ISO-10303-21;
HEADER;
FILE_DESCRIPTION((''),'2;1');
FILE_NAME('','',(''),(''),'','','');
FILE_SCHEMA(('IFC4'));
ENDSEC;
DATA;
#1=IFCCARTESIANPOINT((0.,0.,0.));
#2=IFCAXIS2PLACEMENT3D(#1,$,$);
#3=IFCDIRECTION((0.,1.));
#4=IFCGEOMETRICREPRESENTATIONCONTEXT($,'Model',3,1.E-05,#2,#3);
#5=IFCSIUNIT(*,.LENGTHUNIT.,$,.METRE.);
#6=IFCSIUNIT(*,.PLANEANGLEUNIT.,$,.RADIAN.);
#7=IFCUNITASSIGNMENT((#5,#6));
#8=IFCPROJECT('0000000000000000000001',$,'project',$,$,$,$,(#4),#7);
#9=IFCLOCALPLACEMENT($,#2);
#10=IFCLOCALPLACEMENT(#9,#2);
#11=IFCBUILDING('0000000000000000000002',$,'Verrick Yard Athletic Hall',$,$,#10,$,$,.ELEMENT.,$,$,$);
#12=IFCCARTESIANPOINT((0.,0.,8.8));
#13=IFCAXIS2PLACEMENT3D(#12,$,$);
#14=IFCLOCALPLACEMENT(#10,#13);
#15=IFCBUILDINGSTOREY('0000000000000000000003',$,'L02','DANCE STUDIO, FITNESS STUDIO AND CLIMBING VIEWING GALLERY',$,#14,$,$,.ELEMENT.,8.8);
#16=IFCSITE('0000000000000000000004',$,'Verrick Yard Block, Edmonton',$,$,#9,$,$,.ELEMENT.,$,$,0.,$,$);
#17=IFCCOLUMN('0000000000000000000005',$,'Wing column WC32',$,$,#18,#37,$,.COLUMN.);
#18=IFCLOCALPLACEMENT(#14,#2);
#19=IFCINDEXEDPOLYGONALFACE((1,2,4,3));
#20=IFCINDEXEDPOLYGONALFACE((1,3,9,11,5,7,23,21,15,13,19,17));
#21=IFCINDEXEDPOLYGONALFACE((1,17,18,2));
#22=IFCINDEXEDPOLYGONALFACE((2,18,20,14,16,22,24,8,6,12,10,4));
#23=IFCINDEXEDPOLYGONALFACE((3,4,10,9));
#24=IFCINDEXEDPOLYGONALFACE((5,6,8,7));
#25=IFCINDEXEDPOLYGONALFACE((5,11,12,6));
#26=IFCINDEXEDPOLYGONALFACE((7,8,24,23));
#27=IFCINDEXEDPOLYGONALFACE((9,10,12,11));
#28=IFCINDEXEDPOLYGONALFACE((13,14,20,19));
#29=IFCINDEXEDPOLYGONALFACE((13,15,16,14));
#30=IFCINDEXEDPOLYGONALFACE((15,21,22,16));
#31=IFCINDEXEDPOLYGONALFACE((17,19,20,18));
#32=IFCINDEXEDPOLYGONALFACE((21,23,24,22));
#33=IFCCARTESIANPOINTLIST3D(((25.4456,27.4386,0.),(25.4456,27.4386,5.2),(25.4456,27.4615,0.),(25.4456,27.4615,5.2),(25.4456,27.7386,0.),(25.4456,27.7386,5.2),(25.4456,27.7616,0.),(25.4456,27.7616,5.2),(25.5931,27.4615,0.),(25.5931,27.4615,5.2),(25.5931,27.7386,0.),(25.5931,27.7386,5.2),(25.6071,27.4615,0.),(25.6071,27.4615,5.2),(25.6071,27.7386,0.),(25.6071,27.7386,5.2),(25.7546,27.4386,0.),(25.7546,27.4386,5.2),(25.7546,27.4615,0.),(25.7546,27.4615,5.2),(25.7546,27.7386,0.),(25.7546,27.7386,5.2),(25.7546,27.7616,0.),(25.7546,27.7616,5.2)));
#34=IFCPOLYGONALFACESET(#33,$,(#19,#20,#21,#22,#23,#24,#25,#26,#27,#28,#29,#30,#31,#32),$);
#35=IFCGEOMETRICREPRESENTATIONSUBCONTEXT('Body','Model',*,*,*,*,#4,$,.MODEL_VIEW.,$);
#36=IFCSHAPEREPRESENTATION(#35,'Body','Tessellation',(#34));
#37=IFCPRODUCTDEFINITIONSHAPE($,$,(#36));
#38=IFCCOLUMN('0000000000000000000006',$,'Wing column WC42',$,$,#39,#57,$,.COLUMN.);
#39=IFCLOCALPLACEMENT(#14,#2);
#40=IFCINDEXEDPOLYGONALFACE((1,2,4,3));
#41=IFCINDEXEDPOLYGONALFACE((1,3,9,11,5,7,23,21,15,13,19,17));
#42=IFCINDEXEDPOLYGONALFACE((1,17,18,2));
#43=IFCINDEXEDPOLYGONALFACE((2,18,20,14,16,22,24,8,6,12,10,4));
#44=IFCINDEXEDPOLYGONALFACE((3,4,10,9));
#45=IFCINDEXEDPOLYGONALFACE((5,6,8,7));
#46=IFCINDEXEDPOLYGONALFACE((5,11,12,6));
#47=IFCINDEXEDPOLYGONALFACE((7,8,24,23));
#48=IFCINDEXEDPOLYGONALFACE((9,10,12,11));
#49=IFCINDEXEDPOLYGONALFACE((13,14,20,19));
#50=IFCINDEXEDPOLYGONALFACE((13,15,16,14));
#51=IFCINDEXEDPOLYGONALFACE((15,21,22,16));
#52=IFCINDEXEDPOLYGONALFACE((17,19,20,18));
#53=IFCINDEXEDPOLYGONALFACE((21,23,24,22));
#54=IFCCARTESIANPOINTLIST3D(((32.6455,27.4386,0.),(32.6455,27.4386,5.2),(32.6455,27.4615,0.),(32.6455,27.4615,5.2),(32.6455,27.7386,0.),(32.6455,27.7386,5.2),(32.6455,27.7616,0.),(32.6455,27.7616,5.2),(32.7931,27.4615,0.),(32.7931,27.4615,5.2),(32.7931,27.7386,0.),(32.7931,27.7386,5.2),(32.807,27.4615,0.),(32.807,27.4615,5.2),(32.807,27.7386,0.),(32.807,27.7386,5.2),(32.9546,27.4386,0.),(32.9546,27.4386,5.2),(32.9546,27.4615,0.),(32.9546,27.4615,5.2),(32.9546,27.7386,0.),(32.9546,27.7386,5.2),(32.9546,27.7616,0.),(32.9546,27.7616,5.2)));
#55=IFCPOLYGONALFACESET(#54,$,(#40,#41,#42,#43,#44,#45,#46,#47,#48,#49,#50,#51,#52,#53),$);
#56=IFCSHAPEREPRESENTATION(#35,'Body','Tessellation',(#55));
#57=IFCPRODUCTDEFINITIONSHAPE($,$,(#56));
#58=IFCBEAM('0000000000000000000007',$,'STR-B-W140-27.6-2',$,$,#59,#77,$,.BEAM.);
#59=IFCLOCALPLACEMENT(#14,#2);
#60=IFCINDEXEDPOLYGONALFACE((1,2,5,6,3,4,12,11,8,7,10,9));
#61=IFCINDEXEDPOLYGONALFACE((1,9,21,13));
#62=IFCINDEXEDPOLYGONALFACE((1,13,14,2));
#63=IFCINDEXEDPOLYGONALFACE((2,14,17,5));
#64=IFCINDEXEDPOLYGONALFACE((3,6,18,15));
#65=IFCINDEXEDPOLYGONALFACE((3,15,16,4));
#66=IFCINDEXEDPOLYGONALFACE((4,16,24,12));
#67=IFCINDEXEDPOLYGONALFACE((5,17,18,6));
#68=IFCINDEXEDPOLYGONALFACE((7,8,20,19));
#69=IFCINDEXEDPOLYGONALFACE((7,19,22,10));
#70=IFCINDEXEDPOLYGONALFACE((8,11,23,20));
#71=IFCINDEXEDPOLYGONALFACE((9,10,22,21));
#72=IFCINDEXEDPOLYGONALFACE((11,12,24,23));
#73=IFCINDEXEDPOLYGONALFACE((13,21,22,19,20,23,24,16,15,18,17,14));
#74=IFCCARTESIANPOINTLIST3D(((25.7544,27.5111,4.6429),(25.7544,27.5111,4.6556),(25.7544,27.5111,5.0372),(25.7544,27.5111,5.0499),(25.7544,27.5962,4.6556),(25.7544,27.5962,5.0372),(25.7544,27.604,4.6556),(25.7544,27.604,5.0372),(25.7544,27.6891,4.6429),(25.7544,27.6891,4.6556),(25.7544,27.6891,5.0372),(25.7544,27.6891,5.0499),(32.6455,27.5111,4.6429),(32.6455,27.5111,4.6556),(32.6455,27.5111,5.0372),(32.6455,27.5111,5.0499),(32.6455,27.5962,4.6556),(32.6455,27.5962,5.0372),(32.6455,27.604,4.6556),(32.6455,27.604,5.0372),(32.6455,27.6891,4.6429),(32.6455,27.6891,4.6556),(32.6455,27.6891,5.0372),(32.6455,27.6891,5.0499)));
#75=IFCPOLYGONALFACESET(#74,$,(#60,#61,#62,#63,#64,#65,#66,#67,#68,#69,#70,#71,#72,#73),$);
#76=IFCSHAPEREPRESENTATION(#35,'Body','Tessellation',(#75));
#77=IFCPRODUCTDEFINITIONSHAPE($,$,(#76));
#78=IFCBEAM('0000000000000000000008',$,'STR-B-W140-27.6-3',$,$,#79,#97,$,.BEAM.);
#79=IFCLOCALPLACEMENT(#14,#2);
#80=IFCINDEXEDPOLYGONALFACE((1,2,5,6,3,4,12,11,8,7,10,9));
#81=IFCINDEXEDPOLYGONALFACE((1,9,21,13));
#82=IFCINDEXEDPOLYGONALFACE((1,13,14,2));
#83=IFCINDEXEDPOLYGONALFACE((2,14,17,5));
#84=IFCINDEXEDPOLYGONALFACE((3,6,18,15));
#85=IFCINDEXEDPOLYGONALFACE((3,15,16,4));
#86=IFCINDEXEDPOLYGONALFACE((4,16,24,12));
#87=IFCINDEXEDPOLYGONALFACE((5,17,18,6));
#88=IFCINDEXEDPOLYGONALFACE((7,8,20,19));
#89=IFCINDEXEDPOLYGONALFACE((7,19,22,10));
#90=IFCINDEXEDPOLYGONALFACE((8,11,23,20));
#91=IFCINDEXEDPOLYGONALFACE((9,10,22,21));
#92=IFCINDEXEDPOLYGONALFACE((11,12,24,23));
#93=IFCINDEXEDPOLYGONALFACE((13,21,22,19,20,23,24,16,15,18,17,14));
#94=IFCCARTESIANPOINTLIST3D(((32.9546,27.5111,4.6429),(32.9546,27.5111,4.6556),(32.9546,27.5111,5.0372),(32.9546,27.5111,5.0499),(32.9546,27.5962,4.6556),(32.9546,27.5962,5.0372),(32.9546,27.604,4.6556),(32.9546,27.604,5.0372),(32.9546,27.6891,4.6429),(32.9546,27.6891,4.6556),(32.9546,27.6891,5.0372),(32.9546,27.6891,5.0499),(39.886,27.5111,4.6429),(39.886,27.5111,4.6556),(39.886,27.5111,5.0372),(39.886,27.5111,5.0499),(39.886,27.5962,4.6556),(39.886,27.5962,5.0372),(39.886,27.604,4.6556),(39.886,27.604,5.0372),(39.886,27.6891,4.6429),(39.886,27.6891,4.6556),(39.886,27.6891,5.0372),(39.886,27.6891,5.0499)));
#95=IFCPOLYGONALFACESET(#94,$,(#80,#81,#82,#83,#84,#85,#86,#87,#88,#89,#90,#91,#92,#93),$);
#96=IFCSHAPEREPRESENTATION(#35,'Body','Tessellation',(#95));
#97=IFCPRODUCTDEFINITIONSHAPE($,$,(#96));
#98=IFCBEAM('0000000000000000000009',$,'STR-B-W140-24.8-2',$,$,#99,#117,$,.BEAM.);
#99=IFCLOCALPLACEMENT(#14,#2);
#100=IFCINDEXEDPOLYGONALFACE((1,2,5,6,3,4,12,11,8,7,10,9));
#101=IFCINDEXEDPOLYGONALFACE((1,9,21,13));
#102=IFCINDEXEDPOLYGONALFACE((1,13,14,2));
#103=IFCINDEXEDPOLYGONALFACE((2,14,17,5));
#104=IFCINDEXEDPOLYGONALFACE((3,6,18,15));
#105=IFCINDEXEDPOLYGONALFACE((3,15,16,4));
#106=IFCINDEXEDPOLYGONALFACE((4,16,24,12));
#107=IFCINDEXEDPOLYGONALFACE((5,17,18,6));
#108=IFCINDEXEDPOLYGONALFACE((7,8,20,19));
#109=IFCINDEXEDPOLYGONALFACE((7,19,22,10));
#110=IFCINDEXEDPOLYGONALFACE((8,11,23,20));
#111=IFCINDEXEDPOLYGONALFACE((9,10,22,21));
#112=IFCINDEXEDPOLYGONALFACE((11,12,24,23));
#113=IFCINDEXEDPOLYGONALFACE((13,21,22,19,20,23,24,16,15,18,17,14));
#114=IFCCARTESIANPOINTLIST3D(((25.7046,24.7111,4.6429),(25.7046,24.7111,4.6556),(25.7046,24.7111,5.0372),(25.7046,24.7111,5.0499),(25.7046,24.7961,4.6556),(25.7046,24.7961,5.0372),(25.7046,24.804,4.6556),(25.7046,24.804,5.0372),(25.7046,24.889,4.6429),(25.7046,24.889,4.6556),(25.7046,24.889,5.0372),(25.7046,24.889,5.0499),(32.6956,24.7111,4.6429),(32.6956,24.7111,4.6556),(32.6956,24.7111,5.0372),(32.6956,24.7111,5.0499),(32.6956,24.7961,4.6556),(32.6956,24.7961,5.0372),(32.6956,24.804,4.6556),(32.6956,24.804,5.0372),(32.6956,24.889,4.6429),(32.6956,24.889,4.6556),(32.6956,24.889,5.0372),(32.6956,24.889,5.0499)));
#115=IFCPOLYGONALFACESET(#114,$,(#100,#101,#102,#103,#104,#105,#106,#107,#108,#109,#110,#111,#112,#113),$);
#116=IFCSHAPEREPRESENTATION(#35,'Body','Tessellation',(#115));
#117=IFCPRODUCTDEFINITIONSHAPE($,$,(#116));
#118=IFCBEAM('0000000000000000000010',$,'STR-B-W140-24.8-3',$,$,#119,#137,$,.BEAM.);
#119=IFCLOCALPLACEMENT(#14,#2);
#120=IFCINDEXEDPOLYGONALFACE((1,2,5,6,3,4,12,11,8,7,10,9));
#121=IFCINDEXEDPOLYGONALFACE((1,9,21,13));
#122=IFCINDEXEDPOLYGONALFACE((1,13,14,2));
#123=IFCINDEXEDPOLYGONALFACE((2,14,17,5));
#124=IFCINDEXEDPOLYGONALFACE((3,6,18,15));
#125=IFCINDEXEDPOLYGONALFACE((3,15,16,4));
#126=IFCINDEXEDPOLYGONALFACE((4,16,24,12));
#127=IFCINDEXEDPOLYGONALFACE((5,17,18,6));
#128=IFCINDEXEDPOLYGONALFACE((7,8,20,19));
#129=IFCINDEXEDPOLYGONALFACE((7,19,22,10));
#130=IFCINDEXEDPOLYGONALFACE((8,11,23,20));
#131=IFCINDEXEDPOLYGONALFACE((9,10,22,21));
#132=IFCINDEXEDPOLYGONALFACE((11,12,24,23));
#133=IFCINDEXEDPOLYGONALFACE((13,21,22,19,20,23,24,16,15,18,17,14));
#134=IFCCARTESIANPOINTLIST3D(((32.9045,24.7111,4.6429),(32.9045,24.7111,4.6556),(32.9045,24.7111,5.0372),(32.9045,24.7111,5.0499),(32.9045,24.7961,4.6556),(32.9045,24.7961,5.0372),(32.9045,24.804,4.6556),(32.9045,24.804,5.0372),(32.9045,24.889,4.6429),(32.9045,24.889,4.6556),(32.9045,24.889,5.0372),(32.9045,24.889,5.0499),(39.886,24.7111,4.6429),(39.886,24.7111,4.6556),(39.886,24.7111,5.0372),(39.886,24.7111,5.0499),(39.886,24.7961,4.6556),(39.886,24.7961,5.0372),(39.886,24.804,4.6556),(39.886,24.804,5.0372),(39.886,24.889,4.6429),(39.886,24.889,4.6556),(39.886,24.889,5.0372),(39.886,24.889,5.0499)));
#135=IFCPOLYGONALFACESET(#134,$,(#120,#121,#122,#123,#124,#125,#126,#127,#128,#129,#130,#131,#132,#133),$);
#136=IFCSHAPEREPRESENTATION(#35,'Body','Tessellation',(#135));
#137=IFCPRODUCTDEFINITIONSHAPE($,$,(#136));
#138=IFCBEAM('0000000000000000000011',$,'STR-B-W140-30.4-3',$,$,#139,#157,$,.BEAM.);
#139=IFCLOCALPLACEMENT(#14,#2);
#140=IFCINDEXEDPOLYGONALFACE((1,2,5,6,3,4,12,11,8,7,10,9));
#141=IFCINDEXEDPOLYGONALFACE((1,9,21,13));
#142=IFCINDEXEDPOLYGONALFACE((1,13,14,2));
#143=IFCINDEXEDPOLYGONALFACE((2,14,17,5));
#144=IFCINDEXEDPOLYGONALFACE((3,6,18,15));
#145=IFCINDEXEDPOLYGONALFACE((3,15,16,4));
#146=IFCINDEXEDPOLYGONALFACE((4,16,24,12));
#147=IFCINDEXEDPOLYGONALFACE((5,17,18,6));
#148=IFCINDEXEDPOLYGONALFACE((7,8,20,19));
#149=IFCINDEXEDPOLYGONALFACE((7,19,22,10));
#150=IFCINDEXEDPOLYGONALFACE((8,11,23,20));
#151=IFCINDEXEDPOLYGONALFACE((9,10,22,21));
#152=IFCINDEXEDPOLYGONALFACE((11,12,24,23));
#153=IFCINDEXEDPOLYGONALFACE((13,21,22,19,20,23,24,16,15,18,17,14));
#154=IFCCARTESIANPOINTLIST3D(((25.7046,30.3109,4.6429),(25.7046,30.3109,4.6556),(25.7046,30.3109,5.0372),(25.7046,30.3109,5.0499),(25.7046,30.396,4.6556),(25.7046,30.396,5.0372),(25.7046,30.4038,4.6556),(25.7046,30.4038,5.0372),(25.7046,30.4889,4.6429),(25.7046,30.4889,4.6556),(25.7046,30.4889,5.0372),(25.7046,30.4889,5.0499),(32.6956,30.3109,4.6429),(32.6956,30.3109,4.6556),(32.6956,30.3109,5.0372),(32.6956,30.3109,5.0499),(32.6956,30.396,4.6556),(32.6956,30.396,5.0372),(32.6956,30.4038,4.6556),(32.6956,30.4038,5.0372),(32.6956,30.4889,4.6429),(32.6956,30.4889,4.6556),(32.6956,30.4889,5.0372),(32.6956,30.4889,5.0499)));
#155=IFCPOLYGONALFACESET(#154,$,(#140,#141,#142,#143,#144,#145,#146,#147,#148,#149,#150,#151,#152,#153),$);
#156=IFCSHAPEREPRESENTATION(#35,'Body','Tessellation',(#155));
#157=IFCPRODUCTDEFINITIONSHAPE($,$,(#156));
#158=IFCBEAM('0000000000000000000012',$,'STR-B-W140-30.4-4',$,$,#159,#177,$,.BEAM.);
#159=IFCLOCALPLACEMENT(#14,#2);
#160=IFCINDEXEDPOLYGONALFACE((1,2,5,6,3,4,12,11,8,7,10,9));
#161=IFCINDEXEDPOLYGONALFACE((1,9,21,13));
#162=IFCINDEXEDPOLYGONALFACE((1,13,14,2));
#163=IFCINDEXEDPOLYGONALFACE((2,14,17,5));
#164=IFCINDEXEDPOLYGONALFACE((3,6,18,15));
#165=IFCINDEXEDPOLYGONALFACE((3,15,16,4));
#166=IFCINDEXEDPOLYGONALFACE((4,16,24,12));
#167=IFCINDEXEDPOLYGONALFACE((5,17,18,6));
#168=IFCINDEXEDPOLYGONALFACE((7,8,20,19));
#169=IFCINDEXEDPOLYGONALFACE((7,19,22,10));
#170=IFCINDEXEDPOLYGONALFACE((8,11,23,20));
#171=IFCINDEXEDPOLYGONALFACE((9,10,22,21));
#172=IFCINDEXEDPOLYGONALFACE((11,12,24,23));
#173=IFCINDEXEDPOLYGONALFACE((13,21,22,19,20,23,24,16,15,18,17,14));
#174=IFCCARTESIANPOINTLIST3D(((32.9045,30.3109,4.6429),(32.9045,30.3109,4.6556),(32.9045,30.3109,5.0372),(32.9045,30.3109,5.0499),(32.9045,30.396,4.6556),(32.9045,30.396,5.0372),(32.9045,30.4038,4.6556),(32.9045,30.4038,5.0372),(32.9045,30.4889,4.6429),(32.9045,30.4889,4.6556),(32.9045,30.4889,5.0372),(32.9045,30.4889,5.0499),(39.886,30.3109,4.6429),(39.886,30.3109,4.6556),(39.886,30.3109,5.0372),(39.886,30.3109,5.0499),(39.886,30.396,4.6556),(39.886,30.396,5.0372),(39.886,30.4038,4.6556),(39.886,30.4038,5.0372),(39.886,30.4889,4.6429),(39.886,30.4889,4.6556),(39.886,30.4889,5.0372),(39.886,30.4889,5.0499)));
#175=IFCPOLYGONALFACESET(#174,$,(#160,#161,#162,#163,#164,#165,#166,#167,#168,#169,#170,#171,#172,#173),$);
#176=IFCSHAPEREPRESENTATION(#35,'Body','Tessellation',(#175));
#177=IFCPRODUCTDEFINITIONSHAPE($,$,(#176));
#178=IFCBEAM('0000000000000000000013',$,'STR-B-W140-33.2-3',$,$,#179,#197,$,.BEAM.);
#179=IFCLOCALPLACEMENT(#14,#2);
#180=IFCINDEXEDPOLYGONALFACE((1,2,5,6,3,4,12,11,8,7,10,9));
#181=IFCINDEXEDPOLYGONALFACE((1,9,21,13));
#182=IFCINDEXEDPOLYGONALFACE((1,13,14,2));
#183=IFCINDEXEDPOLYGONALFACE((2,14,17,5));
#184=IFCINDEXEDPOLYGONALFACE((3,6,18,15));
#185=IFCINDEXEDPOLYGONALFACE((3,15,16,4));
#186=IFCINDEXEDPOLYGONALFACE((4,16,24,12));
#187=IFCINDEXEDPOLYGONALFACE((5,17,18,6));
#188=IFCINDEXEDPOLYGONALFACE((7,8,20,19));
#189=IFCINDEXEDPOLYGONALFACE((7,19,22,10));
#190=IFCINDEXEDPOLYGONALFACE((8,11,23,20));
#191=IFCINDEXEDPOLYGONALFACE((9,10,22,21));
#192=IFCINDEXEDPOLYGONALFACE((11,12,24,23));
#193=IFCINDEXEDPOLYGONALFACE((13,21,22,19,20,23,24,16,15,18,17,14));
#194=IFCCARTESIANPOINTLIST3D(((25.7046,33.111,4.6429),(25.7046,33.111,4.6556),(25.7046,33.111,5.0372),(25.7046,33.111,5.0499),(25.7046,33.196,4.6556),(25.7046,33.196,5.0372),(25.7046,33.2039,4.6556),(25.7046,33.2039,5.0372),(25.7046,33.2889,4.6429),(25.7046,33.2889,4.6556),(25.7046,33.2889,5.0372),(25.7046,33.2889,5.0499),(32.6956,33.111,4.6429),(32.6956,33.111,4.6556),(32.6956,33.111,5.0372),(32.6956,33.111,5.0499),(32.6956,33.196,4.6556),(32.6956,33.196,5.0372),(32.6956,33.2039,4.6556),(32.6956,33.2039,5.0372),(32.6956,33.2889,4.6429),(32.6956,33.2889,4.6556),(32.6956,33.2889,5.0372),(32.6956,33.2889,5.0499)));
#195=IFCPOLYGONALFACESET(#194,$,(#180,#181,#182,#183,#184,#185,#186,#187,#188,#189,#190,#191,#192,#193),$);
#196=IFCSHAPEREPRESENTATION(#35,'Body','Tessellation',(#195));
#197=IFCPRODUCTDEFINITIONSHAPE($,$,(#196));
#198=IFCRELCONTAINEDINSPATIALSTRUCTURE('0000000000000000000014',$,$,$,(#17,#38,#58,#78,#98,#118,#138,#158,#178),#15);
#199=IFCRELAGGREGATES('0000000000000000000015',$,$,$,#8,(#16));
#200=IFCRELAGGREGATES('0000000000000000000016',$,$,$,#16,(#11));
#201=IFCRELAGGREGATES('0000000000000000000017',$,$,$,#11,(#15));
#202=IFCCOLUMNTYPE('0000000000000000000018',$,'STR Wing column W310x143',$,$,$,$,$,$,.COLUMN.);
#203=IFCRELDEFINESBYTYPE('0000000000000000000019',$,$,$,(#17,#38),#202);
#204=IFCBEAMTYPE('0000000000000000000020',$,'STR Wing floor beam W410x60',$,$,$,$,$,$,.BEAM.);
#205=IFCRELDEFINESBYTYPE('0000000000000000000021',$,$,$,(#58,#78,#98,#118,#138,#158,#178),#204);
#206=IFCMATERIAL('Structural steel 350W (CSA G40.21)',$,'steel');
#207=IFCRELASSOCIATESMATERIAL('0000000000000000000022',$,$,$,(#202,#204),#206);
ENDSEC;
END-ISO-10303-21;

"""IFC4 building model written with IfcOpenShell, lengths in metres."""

from ifc_helpers import new_model, si_unit, direction, frame, origin, origin_2d, place, context, subcontext, project, spatial, i_section, extrude, material, material_profile, profile_set, type_object, element, save


model = new_model("IFC4")

# Units and contexts
model_context = context("Model", 3, precision=1e-05, world=origin(), true_north=direction((0.0, 1.0)))
body_context = subcontext(model_context, "Body", "Model", "MODEL_VIEW")
ifc_project = project(units=[si_unit("LENGTHUNIT", "METRE"), si_unit("PLANEANGLEUNIT", "RADIAN")], contexts=[model_context])

# Site, building, storey
site_placement = place(None, origin())
site = spatial("IfcSite", under=ifc_project, at=site_placement, Name="Verrick Yard Block, Edmonton", CompositionType="ELEMENT", RefElevation=0.0)
building_placement = place(site_placement, origin())
building = spatial("IfcBuilding", under=site, at=building_placement, Name="Verrick Yard Athletic Hall", CompositionType="ELEMENT")
storey_placement = place(building_placement, frame((0.0, 0.0, 8.8)))
storey = spatial("IfcBuildingStorey", under=building, at=storey_placement, Name="L02", Description="DANCE STUDIO, FITNESS STUDIO AND CLIMBING VIEWING GALLERY", CompositionType="ELEMENT", Elevation=8.8)

# Columns
ifc_material_1 = material(Name="Structural steel 350W (CSA G40.21)", Category="steel")
ifc_material_profile_1 = material_profile(ifc_material_1, i_section(OverallWidth=0.3091, OverallDepth=0.323, WebThickness=0.0139, FlangeThickness=0.0229, at=origin_2d()), Name="W310x143")
ifc_profile_set_1 = profile_set([ifc_material_profile_1], Name="Structural steel 350W (CSA G40.21)")
column_type = type_object("IfcColumnType", Name="STR Wing column W310x143", PredefinedType="COLUMN", material=ifc_profile_set_1)
for number, where, z_axis, x_axis, name in (
    (1, (25.6001, 27.6001, 0.0), (0.0, 0.0, 1.0), (1.0, 0.0, 0.0), "Wing column WC32"),
    (2, (32.8, 27.6001, 0.0), (0.0, 0.0, 1.0), (1.0, 0.0, 0.0), "Wing column WC42"),
):
    element("IfcColumn", number, at=place(storey_placement, frame(where, z_axis=z_axis, x_axis=x_axis)), inside=storey, type_object=column_type, Name=name, PredefinedType="COLUMN", context=body_context, shape_type="SweptSolid", body=[
        extrude(i_section(OverallWidth=0.3091, OverallDepth=0.323, WebThickness=0.0139, FlangeThickness=0.0229, at=origin_2d()), origin(), (0.0, 0.0, 1.0), 5.2),
    ])

# Beams
ifc_material_profile_2 = material_profile(ifc_material_1, i_section(OverallWidth=0.178, OverallDepth=0.407, WebThickness=0.0078, FlangeThickness=0.0127, at=origin_2d()), Name="W410x60")
ifc_profile_set_2 = profile_set([ifc_material_profile_2], Name="Structural steel 350W (CSA G40.21)")
beam_type_1 = type_object("IfcBeamType", Name="STR Wing floor beam W410x60", PredefinedType="BEAM", material=ifc_profile_set_2)
beam_1_placement = place(storey_placement, frame((25.7544, 27.6001, 4.8464), z_axis=(1.0, 0.0, 0.0), x_axis=(0.0, 1.0, 0.0)))
element("IfcBeam", 3, at=beam_1_placement, inside=storey, type_object=beam_type_1, Name="STR-B-W140-27.6-2", PredefinedType="BEAM", context=body_context, shape_type="SweptSolid", body=[
    extrude(i_section(OverallWidth=0.178, OverallDepth=0.407, WebThickness=0.0078, FlangeThickness=0.0127, at=origin_2d()), origin(), (0.0, 0.0, 1.0), 6.8911),
])
beam_2_placement = place(storey_placement, frame((32.9546, 27.6001, 4.8464), z_axis=(1.0, 0.0, 0.0), x_axis=(0.0, 1.0, 0.0)))
element("IfcBeam", 4, at=beam_2_placement, inside=storey, type_object=beam_type_1, Name="STR-B-W140-27.6-3", PredefinedType="BEAM", context=body_context, shape_type="SweptSolid", body=[
    extrude(i_section(OverallWidth=0.178, OverallDepth=0.407, WebThickness=0.0078, FlangeThickness=0.0127, at=origin_2d()), origin(), (0.0, 0.0, 1.0), 6.9314),
])
beam_3_placement = place(storey_placement, frame((25.7046, 24.8, 4.8464), z_axis=(1.0, 0.0, 0.0), x_axis=(0.0, 1.0, 0.0)))
element("IfcBeam", 5, at=beam_3_placement, inside=storey, type_object=beam_type_1, Name="STR-B-W140-24.8-2", PredefinedType="BEAM", context=body_context, shape_type="SweptSolid", body=[
    extrude(i_section(OverallWidth=0.178, OverallDepth=0.407, WebThickness=0.0078, FlangeThickness=0.0127, at=origin_2d()), origin(), (0.0, 0.0, 1.0), 6.991),
])
beam_4_placement = place(storey_placement, frame((32.9045, 24.8, 4.8464), z_axis=(1.0, 0.0, 0.0), x_axis=(0.0, 1.0, 0.0)))
element("IfcBeam", 6, at=beam_4_placement, inside=storey, type_object=beam_type_1, Name="STR-B-W140-24.8-3", PredefinedType="BEAM", context=body_context, shape_type="SweptSolid", body=[
    extrude(i_section(OverallWidth=0.178, OverallDepth=0.407, WebThickness=0.0078, FlangeThickness=0.0127, at=origin_2d()), origin(), (0.0, 0.0, 1.0), 6.9814),
])
beam_5_placement = place(storey_placement, frame((25.7046, 30.3999, 4.8464), z_axis=(1.0, 0.0, 0.0), x_axis=(0.0, 1.0, 0.0)))
element("IfcBeam", 7, at=beam_5_placement, inside=storey, type_object=beam_type_1, Name="STR-B-W140-30.4-3", PredefinedType="BEAM", context=body_context, shape_type="SweptSolid", body=[
    extrude(i_section(OverallWidth=0.178, OverallDepth=0.407, WebThickness=0.0078, FlangeThickness=0.0127, at=origin_2d()), origin(), (0.0, 0.0, 1.0), 6.991),
])
beam_6_placement = place(storey_placement, frame((32.9045, 30.3999, 4.8464), z_axis=(1.0, 0.0, 0.0), x_axis=(0.0, 1.0, 0.0)))
element("IfcBeam", 8, at=beam_6_placement, inside=storey, type_object=beam_type_1, Name="STR-B-W140-30.4-4", PredefinedType="BEAM", context=body_context, shape_type="SweptSolid", body=[
    extrude(i_section(OverallWidth=0.178, OverallDepth=0.407, WebThickness=0.0078, FlangeThickness=0.0127, at=origin_2d()), origin(), (0.0, 0.0, 1.0), 6.9814),
])
beam_7_placement = place(storey_placement, frame((25.7046, 33.2, 4.8464), z_axis=(1.0, 0.0, 0.0), x_axis=(0.0, 1.0, 0.0)))
element("IfcBeam", 9, at=beam_7_placement, inside=storey, type_object=beam_type_1, Name="STR-B-W140-33.2-3", PredefinedType="BEAM", context=body_context, shape_type="SweptSolid", body=[
    extrude(i_section(OverallWidth=0.178, OverallDepth=0.407, WebThickness=0.0078, FlangeThickness=0.0127, at=origin_2d()), origin(), (0.0, 0.0, 1.0), 6.991),
])

save(model, "model.ifc")
